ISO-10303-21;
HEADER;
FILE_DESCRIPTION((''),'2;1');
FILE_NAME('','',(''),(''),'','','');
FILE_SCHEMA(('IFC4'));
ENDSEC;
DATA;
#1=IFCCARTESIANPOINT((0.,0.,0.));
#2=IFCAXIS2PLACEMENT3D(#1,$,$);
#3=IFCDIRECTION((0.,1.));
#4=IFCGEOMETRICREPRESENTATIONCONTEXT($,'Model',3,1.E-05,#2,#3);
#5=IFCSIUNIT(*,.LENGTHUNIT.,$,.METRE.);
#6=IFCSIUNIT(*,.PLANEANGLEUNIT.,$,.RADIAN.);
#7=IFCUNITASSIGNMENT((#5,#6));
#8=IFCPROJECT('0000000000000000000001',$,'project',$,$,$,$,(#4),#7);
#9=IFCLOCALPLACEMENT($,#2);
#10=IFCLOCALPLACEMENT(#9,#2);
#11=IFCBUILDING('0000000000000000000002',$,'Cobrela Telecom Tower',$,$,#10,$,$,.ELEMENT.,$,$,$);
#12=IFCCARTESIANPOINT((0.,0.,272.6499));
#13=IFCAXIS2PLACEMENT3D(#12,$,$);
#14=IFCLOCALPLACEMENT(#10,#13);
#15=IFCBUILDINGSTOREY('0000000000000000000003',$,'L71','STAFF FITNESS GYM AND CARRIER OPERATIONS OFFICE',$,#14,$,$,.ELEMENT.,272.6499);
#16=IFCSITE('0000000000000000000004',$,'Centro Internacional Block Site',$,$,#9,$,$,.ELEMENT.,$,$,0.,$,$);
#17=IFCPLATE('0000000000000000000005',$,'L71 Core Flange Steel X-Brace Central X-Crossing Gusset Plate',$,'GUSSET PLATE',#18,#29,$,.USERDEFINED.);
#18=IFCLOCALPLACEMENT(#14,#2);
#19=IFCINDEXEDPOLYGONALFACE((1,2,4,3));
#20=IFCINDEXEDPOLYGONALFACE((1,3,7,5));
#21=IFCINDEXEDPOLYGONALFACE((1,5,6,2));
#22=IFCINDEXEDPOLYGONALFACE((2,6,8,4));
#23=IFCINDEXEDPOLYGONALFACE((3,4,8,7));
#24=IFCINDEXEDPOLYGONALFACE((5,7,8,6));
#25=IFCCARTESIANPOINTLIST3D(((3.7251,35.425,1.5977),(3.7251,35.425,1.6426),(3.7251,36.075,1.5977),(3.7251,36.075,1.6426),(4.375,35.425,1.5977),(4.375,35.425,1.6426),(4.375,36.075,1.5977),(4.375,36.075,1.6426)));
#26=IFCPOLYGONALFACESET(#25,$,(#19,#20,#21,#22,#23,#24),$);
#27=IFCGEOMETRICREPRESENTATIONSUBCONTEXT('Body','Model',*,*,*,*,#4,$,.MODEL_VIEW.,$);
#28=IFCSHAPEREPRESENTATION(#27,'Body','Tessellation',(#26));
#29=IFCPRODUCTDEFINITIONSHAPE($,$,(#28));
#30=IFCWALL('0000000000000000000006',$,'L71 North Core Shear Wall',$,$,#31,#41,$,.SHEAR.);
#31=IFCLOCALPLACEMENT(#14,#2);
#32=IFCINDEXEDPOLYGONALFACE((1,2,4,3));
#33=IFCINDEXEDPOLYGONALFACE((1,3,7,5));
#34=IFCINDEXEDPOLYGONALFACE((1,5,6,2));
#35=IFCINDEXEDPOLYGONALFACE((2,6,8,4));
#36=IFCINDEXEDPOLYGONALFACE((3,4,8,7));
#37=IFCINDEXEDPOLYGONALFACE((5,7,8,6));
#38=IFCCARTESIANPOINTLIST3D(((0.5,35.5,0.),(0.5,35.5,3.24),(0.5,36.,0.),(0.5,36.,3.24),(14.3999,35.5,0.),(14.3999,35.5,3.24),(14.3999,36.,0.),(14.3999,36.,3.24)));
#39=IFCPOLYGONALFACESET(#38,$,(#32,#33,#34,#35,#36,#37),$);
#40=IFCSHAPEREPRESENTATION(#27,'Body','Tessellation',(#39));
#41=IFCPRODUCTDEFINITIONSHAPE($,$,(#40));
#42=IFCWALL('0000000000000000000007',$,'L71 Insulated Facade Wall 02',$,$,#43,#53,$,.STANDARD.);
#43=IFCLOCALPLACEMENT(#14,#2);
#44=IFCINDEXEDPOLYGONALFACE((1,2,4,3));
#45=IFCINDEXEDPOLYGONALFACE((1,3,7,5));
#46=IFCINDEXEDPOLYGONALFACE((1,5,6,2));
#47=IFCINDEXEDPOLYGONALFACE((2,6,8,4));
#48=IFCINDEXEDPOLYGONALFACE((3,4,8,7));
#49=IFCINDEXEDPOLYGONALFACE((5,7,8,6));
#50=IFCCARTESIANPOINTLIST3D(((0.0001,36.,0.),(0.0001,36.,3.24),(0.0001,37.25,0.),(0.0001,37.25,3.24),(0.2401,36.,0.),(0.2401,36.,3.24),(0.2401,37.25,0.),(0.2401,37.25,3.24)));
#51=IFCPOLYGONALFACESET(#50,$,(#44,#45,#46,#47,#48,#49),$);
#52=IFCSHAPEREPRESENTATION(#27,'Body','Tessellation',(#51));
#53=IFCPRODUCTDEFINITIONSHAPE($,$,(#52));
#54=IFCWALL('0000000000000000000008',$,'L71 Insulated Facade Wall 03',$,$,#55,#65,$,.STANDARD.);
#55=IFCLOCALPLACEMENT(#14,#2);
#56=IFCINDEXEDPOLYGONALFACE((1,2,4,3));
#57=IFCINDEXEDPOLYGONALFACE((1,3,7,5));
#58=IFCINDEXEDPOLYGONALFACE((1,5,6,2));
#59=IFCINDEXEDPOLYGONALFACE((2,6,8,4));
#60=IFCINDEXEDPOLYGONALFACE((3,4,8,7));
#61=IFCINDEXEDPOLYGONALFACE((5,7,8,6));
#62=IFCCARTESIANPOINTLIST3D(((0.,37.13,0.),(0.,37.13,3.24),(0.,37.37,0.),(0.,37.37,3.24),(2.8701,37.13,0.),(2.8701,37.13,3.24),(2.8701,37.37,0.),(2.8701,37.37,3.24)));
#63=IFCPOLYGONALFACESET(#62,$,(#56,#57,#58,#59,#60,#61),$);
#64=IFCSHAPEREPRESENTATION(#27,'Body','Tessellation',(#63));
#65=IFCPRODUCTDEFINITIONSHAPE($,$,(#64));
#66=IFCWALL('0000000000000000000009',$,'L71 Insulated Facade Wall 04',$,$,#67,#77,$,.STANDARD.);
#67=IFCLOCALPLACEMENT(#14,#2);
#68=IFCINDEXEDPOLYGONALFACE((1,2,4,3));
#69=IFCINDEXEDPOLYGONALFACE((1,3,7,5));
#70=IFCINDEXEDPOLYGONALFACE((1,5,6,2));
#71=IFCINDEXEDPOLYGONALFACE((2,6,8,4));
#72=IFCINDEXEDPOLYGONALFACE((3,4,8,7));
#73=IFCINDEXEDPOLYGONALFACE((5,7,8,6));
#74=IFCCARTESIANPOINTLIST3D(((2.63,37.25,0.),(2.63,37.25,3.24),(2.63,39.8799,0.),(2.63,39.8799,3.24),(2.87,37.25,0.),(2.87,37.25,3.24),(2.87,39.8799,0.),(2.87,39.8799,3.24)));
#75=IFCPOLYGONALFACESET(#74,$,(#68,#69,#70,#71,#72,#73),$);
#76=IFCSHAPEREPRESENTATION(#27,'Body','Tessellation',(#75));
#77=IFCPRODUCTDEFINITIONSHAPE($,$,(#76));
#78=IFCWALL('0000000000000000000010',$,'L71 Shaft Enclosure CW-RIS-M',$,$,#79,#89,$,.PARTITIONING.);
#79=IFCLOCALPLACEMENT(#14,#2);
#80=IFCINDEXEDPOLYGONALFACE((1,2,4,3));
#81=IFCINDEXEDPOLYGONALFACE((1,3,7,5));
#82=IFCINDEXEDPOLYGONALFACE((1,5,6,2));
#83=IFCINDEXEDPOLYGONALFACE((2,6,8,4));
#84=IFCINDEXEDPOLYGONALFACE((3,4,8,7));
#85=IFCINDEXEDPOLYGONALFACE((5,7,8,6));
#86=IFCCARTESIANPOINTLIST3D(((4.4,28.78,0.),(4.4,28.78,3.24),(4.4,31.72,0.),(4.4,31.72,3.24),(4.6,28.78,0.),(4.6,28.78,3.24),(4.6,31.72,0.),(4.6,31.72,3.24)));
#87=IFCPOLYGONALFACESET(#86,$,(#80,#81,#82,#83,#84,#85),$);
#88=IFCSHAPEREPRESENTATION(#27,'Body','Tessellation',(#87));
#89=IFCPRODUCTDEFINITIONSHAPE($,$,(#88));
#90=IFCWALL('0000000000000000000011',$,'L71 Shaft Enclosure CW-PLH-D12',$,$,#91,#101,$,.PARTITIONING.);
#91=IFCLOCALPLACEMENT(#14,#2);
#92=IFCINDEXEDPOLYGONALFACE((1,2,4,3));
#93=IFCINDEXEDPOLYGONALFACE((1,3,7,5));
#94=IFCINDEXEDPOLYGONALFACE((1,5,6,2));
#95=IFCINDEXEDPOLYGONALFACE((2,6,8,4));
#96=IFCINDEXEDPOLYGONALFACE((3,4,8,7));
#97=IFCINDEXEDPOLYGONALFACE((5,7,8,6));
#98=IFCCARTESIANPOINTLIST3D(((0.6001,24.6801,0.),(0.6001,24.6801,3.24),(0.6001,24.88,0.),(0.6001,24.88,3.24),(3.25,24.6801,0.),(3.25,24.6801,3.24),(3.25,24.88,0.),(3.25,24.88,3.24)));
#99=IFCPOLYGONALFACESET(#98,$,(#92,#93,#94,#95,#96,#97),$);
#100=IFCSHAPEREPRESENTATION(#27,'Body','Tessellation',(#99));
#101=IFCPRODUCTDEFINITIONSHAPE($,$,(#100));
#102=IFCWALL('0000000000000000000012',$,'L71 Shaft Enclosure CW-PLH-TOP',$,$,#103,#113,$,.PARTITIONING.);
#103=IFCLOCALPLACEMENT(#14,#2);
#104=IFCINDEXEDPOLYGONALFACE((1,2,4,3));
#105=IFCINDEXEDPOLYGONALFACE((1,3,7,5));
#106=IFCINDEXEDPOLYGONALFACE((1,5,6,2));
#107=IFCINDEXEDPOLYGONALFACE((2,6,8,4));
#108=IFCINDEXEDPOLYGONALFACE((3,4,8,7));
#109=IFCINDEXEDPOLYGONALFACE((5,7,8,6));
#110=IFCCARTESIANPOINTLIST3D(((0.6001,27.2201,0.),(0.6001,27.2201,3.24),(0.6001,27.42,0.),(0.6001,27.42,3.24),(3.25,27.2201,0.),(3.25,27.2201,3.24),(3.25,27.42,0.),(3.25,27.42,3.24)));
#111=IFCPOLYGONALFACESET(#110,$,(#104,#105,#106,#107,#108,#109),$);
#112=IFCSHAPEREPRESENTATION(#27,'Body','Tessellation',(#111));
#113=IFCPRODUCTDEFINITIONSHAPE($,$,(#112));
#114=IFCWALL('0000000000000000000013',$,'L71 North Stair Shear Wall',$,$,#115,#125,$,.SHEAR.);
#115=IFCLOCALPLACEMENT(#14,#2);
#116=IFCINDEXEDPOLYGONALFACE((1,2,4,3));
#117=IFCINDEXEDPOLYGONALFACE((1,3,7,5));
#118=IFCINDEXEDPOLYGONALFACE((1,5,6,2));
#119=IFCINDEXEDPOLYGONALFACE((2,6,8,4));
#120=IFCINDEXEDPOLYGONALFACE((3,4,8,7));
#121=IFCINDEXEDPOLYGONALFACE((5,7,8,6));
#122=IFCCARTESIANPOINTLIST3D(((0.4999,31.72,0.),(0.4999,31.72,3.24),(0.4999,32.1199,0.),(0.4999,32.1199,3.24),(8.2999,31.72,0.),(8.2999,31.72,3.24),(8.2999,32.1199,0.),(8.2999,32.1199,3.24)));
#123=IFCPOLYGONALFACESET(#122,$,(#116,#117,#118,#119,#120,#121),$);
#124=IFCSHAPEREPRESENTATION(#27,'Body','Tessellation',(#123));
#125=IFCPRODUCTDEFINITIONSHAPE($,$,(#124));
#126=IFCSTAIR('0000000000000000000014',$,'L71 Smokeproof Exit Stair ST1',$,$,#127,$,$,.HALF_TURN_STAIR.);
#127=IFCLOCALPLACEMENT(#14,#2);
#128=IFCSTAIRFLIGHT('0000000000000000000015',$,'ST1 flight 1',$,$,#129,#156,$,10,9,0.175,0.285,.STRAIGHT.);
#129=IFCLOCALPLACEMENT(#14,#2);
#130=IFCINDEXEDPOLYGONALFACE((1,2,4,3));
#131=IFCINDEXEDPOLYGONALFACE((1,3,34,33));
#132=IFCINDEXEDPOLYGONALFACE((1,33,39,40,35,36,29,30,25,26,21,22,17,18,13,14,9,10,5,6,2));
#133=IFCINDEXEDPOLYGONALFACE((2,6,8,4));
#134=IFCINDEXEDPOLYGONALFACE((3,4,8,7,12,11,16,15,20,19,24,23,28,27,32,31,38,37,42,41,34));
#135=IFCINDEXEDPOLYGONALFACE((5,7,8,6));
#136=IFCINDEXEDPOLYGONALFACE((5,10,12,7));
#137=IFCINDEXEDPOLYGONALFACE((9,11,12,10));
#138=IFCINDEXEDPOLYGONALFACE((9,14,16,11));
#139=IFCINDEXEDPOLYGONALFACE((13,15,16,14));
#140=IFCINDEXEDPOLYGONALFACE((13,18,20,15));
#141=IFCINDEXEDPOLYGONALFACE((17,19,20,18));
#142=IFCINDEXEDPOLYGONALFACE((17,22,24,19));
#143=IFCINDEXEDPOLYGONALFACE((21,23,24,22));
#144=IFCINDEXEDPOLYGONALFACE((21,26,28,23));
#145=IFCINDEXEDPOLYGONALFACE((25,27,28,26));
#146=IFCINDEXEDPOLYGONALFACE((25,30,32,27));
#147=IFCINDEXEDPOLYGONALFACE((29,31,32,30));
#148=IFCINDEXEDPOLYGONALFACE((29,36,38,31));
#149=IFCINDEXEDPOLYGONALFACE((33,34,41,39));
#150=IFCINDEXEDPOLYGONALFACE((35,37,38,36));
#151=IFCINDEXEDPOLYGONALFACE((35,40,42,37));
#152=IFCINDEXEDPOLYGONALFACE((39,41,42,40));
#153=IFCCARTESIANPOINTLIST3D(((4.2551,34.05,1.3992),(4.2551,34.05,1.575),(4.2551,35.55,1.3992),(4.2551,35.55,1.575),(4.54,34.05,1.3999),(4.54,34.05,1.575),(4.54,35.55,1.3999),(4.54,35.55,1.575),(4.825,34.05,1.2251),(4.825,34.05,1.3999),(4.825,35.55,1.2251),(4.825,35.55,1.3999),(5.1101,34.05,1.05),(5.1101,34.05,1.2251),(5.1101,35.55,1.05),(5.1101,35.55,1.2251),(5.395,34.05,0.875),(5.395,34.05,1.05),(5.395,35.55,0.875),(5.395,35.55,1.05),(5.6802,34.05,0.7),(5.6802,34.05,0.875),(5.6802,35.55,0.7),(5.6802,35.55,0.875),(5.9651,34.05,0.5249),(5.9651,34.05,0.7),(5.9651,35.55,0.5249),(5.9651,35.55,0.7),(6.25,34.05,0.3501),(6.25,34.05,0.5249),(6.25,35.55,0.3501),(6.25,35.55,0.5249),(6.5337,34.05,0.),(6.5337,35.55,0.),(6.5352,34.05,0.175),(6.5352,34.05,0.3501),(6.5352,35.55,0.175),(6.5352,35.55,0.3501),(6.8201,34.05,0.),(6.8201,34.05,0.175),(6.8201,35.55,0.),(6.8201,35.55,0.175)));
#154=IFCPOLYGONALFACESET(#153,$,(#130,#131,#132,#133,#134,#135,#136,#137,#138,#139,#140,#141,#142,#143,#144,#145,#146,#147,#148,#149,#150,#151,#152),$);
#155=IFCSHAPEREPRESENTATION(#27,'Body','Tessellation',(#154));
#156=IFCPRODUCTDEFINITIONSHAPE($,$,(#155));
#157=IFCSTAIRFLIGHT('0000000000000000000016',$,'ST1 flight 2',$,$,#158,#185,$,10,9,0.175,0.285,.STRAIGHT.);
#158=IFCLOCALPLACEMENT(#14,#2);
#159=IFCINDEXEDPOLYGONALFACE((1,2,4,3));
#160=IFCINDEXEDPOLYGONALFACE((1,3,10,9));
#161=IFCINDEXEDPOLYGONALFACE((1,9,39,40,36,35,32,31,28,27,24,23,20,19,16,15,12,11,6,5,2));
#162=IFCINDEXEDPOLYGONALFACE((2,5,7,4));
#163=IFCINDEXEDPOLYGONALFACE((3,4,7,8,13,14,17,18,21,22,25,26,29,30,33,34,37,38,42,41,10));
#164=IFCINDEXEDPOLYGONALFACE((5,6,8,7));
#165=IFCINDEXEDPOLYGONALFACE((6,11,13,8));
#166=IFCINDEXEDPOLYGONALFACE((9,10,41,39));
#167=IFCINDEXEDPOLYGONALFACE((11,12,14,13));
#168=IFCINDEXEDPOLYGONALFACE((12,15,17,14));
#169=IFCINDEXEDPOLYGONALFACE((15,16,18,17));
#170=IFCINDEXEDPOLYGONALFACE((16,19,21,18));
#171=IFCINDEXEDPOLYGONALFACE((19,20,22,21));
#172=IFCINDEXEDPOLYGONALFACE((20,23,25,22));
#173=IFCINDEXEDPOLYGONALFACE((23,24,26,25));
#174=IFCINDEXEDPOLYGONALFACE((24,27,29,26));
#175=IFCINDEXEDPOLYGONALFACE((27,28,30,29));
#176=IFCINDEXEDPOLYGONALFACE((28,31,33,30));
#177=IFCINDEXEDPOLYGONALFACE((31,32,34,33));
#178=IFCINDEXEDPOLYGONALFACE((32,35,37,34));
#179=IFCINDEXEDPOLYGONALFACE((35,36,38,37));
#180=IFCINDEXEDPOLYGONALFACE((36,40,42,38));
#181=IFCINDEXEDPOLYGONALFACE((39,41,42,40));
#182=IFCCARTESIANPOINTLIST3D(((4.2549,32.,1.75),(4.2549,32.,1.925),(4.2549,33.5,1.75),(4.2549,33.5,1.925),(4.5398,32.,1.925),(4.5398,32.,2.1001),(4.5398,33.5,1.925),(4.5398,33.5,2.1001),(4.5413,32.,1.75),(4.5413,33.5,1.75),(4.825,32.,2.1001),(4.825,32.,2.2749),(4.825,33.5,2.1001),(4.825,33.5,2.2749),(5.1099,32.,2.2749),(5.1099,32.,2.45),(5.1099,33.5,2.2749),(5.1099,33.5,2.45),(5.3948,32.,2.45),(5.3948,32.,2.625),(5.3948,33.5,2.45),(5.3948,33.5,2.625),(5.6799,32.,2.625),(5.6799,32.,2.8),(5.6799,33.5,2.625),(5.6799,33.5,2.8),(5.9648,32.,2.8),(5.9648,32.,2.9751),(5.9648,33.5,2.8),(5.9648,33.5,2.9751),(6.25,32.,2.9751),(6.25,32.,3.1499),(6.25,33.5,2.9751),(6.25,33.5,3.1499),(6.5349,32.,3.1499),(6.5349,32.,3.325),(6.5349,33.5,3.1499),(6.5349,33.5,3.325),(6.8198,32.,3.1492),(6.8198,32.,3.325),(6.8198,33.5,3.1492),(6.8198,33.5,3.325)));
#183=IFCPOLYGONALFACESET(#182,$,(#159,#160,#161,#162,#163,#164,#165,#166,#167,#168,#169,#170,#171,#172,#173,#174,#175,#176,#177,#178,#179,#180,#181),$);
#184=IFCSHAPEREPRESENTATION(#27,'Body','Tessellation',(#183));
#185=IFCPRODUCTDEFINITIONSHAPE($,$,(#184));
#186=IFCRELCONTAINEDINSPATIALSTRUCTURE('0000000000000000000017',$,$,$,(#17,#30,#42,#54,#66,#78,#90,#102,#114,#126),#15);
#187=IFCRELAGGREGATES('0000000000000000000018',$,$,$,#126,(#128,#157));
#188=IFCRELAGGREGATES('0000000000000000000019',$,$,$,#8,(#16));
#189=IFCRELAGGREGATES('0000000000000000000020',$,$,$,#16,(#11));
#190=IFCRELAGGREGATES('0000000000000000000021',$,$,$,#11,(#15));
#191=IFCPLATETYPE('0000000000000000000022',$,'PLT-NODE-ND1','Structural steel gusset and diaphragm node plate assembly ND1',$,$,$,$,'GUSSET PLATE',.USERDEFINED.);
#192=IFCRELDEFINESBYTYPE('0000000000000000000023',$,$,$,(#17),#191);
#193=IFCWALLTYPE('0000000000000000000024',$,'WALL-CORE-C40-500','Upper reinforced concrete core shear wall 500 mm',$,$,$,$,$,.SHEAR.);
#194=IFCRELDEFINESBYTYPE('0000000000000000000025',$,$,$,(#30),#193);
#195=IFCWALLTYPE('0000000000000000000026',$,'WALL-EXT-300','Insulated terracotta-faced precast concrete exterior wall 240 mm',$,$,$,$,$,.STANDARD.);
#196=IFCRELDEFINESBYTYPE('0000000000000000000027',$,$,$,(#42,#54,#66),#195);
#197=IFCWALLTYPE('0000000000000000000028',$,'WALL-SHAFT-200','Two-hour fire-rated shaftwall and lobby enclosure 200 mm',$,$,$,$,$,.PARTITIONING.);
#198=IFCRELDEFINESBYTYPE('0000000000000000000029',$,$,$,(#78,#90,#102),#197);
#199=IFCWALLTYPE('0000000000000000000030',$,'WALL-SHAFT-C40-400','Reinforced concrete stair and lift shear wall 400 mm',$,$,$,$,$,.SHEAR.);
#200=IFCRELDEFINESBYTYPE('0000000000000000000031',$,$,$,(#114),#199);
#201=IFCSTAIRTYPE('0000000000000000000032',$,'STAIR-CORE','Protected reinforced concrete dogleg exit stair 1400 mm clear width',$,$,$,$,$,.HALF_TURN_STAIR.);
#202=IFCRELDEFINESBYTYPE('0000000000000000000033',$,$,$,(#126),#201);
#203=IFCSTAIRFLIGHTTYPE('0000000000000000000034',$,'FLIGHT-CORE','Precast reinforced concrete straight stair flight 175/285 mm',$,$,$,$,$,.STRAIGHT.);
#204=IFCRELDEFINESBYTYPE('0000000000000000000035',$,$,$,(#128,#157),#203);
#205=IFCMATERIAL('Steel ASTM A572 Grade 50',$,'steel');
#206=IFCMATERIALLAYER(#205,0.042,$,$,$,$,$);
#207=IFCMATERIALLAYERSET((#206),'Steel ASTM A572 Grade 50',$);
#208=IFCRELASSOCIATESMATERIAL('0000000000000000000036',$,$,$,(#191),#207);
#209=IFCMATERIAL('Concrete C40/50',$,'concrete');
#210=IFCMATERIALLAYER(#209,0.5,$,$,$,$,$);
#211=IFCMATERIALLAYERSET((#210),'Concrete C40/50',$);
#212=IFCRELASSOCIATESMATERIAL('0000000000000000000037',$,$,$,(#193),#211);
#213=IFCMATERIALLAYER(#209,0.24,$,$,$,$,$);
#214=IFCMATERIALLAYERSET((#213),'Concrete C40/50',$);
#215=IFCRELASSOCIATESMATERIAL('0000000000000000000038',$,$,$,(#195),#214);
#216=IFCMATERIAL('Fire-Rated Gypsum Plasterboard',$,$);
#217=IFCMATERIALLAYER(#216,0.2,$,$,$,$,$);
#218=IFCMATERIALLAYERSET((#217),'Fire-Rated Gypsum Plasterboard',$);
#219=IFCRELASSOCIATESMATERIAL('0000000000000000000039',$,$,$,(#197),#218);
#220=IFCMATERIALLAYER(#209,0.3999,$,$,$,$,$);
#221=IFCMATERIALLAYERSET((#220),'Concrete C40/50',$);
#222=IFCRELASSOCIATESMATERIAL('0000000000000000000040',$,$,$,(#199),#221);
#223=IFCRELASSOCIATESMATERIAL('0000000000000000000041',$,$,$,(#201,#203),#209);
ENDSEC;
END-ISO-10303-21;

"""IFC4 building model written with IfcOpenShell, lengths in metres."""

from ifc_helpers import new_model, si_unit, direction, frame, frame_2d, origin, origin_2d, place, context, subcontext, project, spatial, polyline, rectangle, outline, extrude, material, layer, layer_set, type_object, element, aggregate, save


model = new_model("IFC4")

# Units and contexts
model_context = context("Model", 3, precision=1e-05, world=origin(), true_north=direction((0.0, 1.0)))
body_context = subcontext(model_context, "Body", "Model", "MODEL_VIEW")
ifc_project = project(units=[si_unit("LENGTHUNIT", "METRE"), si_unit("PLANEANGLEUNIT", "RADIAN")], contexts=[model_context])

# Site, building, storey
site_placement = place(None, origin())
site = spatial("IfcSite", under=ifc_project, at=site_placement, Name="Centro Internacional Block Site", CompositionType="ELEMENT", RefElevation=0.0)
building_placement = place(site_placement, origin())
building = spatial("IfcBuilding", under=site, at=building_placement, Name="Cobrela Telecom Tower", CompositionType="ELEMENT")
storey_placement = place(building_placement, frame((0.0, 0.0, 272.6499)))
storey = spatial("IfcBuildingStorey", under=building, at=storey_placement, Name="L71", Description="STAFF FITNESS GYM AND CARRIER OPERATIONS OFFICE", CompositionType="ELEMENT", Elevation=272.6499)

# Shared definitions
ifc_material_1 = material(Name="Steel ASTM A572 Grade 50", Category="steel")

# Plate
ifc_layer_1 = layer(ifc_material_1, 0.042)
ifc_layer_set_1 = layer_set([ifc_layer_1], Name="Steel ASTM A572 Grade 50")
plate_type_1 = type_object("IfcPlateType", Name="PLT-NODE-ND1", Description="Structural steel gusset and diaphragm node plate assembly ND1", ElementType="GUSSET PLATE", PredefinedType="USERDEFINED", material=ifc_layer_set_1)
plate_1_placement = place(storey_placement, frame((4.05, 35.75, 1.5977), z_axis=(0.0, 0.0, 1.0), x_axis=(1.0, 0.0, 0.0)))
element("IfcPlate", 1, at=plate_1_placement, inside=storey, type_object=plate_type_1, Name="L71 Core Flange Steel X-Brace Central X-Crossing Gusset Plate", ObjectType="GUSSET PLATE", PredefinedType="USERDEFINED", context=body_context, shape_type="SweptSolid", body=[
    extrude(rectangle(XDim=0.6499, YDim=0.6499, at=origin_2d()), origin(), (0.0, 0.0, 1.0), 0.0449),
])

# Walls
ifc_material_2 = material(Name="Concrete C40/50", Category="concrete")
ifc_layer_2 = layer(ifc_material_2, 0.5)
ifc_layer_set_2 = layer_set([ifc_layer_2], Name="Concrete C40/50")
wall_type_1 = type_object("IfcWallType", Name="WALL-CORE-C40-500", Description="Upper reinforced concrete core shear wall 500 mm", PredefinedType="SHEAR", material=ifc_layer_set_2)
wall_1_placement = place(storey_placement, frame((0.5, 35.75, 0.0), z_axis=(0.0, 0.0, 1.0), x_axis=(1.0, 0.0, 0.0)))
element("IfcWall", 2, at=wall_1_placement, inside=storey, type_object=wall_type_1, Name="L71 North Core Shear Wall", PredefinedType="SHEAR", context=body_context, shape_type="SweptSolid", body=[
    extrude(rectangle(XDim=13.8999, YDim=0.5, at=frame_2d((6.95, 0.0))), origin(), (0.0, 0.0, 1.0), 3.24),
])
ifc_layer_3 = layer(ifc_material_2, 0.24)
ifc_layer_set_3 = layer_set([ifc_layer_3], Name="Concrete C40/50")
wall_type_2 = type_object("IfcWallType", Name="WALL-EXT-300", Description="Insulated terracotta-faced precast concrete exterior wall 240 mm", PredefinedType="STANDARD", material=ifc_layer_set_3)
wall_2_placement = place(storey_placement, frame((0.1201, 36.0, 0.0), z_axis=(0.0, 0.0, 1.0), x_axis=(0.0, 1.0, 0.0)))
element("IfcWall", 3, at=wall_2_placement, inside=storey, type_object=wall_type_2, Name="L71 Insulated Facade Wall 02", PredefinedType="STANDARD", context=body_context, shape_type="SweptSolid", body=[
    extrude(rectangle(XDim=1.25, YDim=0.24, at=frame_2d((0.625, 0.0))), origin(), (0.0, 0.0, 1.0), 3.24),
])
wall_3_placement = place(storey_placement, frame((0.0, 37.25, 0.0), z_axis=(0.0, 0.0, 1.0), x_axis=(1.0, 0.0, 0.0)))
element("IfcWall", 4, at=wall_3_placement, inside=storey, type_object=wall_type_2, Name="L71 Insulated Facade Wall 03", PredefinedType="STANDARD", context=body_context, shape_type="SweptSolid", body=[
    extrude(rectangle(XDim=2.8701, YDim=0.24, at=frame_2d((1.4351, 0.0))), origin(), (0.0, 0.0, 1.0), 3.24),
])
wall_4_placement = place(storey_placement, frame((2.75, 37.25, 0.0), z_axis=(0.0, 0.0, 1.0), x_axis=(0.0, 1.0, 0.0)))
element("IfcWall", 5, at=wall_4_placement, inside=storey, type_object=wall_type_2, Name="L71 Insulated Facade Wall 04", PredefinedType="STANDARD", context=body_context, shape_type="SweptSolid", body=[
    extrude(rectangle(XDim=2.6299, YDim=0.24, at=frame_2d((1.3149, 0.0))), origin(), (0.0, 0.0, 1.0), 3.24),
])

# Shared definitions
ifc_material_3 = material(Name="Fire-Rated Gypsum Plasterboard")
ifc_layer_4 = layer(ifc_material_3, 0.2)
ifc_layer_set_4 = layer_set([ifc_layer_4], Name="Fire-Rated Gypsum Plasterboard")
wall_type_3 = type_object("IfcWallType", Name="WALL-SHAFT-200", Description="Two-hour fire-rated shaftwall and lobby enclosure 200 mm", PredefinedType="PARTITIONING", material=ifc_layer_set_4)

# Walls
wall_5_placement = place(storey_placement, frame((4.5, 28.78, 0.0), z_axis=(0.0, 0.0, 1.0), x_axis=(0.0, 1.0, 0.0)))
element("IfcWall", 6, at=wall_5_placement, inside=storey, type_object=wall_type_3, Name="L71 Shaft Enclosure CW-RIS-M", PredefinedType="PARTITIONING", context=body_context, shape_type="SweptSolid", body=[
    extrude(rectangle(XDim=2.9399, YDim=0.2, at=frame_2d((1.47, 0.0))), origin(), (0.0, 0.0, 1.0), 3.24),
])
for number, where, z_axis, x_axis, name in (
    (7, (0.6001, 24.78, 0.0), (0.0, 0.0, 1.0), (1.0, 0.0, 0.0), "L71 Shaft Enclosure CW-PLH-D12"),
    (8, (0.6001, 27.3201, 0.0), (0.0, 0.0, 1.0), (1.0, 0.0, 0.0), "L71 Shaft Enclosure CW-PLH-TOP"),
):
    element("IfcWall", number, at=place(storey_placement, frame(where, z_axis=z_axis, x_axis=x_axis)), inside=storey, type_object=wall_type_3, Name=name, PredefinedType="PARTITIONING", context=body_context, shape_type="SweptSolid", body=[
        extrude(rectangle(XDim=2.6499, YDim=0.2, at=frame_2d((1.325, 0.0))), origin(), (0.0, 0.0, 1.0), 3.24),
    ])
ifc_layer_5 = layer(ifc_material_2, 0.3999)
ifc_layer_set_5 = layer_set([ifc_layer_5], Name="Concrete C40/50")
wall_type_4 = type_object("IfcWallType", Name="WALL-SHAFT-C40-400", Description="Reinforced concrete stair and lift shear wall 400 mm", PredefinedType="SHEAR", material=ifc_layer_set_5)
wall_6_placement = place(storey_placement, frame((0.5, 31.9199, 0.0), z_axis=(0.0, 0.0, 1.0), x_axis=(1.0, 0.0, 0.0)))
element("IfcWall", 9, at=wall_6_placement, inside=storey, type_object=wall_type_4, Name="L71 North Stair Shear Wall", PredefinedType="SHEAR", context=body_context, shape_type="SweptSolid", body=[
    extrude(rectangle(XDim=7.8, YDim=0.3999, at=frame_2d((3.8999, 0.0))), origin(), (0.0, 0.0, 1.0), 3.24),
])

# Stair, stair flights
stair_type = type_object("IfcStairType", Name="STAIR-CORE", Description="Protected reinforced concrete dogleg exit stair 1400 mm clear width", PredefinedType="HALF_TURN_STAIR", material=ifc_material_2)
stair_placement = place(storey_placement, origin())
stair = element("IfcStair", 10, at=stair_placement, inside=storey, type_object=stair_type, Name="L71 Smokeproof Exit Stair ST1", PredefinedType="HALF_TURN_STAIR")
stair_flight_type = type_object("IfcStairFlightType", Name="FLIGHT-CORE", Description="Precast reinforced concrete straight stair flight 175/285 mm", PredefinedType="STRAIGHT", material=ifc_material_2)
stair_flight_1_placement = place(storey_placement, frame((6.8201, 34.8, 0.0), z_axis=(0.0, 0.0, 1.0), x_axis=(-1.0, 0.0, 0.0)))
stair_flight_1 = element("IfcStairFlight", 11, at=stair_flight_1_placement, type_object=stair_flight_type, Name="ST1 flight 1", NumberOfRisers=10, NumberOfTreads=9, PredefinedType="STRAIGHT", RiserHeight=0.175, TreadLength=0.285, context=body_context, shape_type="SweptSolid", body=[
    extrude(outline(polyline([(0.0, 0.0), (0.0, 0.175), (0.2849, 0.175), (0.2849, 0.3501), (0.5701, 0.3501), (0.5701, 0.5249), (0.855, 0.5249), (0.855, 0.7), (1.1399, 0.7), (1.1399, 0.875), (1.425, 0.875), (1.425, 1.05), (1.71, 1.05), (1.71, 1.2251), (1.9951, 1.2251), (1.9951, 1.3999), (2.28, 1.3999), (2.28, 1.575), (2.5649, 1.575), (2.5649, 1.75), (2.5649, 1.3992), (0.2864, 0.0), (0.0, 0.0)])), frame((0.0, 0.75, 0.0), z_axis=(0.0, -1.0, 0.0), x_axis=(1.0, 0.0, 0.0)), (0.0, 0.0, 1.0), 1.5),
])
stair_flight_2_placement = place(storey_placement, frame((4.2549, 32.75, 1.75), z_axis=(0.0, 0.0, 1.0), x_axis=(1.0, 0.0, 0.0)))
stair_flight_2 = element("IfcStairFlight", 12, at=stair_flight_2_placement, type_object=stair_flight_type, Name="ST1 flight 2", NumberOfRisers=10, NumberOfTreads=9, PredefinedType="STRAIGHT", RiserHeight=0.175, TreadLength=0.285, context=body_context, shape_type="SweptSolid", body=[
    extrude(outline(polyline([(0.0, 0.0), (0.0, 0.175), (0.2849, 0.175), (0.2849, 0.3501), (0.5701, 0.3501), (0.5701, 0.5249), (0.855, 0.5249), (0.855, 0.7), (1.1399, 0.7), (1.1399, 0.875), (1.425, 0.875), (1.425, 1.05), (1.71, 1.05), (1.71, 1.2251), (1.9951, 1.2251), (1.9951, 1.3999), (2.28, 1.3999), (2.28, 1.575), (2.5649, 1.575), (2.5649, 1.75), (2.5649, 1.3992), (0.2864, 0.0), (0.0, 0.0)])), frame((0.0, 0.75, 0.0), z_axis=(0.0, -1.0, 0.0), x_axis=(1.0, 0.0, 0.0)), (0.0, 0.0, 1.0), 1.5),
])
aggregate(stair, [stair_flight_1, stair_flight_2])

save(model, "model.ifc")
